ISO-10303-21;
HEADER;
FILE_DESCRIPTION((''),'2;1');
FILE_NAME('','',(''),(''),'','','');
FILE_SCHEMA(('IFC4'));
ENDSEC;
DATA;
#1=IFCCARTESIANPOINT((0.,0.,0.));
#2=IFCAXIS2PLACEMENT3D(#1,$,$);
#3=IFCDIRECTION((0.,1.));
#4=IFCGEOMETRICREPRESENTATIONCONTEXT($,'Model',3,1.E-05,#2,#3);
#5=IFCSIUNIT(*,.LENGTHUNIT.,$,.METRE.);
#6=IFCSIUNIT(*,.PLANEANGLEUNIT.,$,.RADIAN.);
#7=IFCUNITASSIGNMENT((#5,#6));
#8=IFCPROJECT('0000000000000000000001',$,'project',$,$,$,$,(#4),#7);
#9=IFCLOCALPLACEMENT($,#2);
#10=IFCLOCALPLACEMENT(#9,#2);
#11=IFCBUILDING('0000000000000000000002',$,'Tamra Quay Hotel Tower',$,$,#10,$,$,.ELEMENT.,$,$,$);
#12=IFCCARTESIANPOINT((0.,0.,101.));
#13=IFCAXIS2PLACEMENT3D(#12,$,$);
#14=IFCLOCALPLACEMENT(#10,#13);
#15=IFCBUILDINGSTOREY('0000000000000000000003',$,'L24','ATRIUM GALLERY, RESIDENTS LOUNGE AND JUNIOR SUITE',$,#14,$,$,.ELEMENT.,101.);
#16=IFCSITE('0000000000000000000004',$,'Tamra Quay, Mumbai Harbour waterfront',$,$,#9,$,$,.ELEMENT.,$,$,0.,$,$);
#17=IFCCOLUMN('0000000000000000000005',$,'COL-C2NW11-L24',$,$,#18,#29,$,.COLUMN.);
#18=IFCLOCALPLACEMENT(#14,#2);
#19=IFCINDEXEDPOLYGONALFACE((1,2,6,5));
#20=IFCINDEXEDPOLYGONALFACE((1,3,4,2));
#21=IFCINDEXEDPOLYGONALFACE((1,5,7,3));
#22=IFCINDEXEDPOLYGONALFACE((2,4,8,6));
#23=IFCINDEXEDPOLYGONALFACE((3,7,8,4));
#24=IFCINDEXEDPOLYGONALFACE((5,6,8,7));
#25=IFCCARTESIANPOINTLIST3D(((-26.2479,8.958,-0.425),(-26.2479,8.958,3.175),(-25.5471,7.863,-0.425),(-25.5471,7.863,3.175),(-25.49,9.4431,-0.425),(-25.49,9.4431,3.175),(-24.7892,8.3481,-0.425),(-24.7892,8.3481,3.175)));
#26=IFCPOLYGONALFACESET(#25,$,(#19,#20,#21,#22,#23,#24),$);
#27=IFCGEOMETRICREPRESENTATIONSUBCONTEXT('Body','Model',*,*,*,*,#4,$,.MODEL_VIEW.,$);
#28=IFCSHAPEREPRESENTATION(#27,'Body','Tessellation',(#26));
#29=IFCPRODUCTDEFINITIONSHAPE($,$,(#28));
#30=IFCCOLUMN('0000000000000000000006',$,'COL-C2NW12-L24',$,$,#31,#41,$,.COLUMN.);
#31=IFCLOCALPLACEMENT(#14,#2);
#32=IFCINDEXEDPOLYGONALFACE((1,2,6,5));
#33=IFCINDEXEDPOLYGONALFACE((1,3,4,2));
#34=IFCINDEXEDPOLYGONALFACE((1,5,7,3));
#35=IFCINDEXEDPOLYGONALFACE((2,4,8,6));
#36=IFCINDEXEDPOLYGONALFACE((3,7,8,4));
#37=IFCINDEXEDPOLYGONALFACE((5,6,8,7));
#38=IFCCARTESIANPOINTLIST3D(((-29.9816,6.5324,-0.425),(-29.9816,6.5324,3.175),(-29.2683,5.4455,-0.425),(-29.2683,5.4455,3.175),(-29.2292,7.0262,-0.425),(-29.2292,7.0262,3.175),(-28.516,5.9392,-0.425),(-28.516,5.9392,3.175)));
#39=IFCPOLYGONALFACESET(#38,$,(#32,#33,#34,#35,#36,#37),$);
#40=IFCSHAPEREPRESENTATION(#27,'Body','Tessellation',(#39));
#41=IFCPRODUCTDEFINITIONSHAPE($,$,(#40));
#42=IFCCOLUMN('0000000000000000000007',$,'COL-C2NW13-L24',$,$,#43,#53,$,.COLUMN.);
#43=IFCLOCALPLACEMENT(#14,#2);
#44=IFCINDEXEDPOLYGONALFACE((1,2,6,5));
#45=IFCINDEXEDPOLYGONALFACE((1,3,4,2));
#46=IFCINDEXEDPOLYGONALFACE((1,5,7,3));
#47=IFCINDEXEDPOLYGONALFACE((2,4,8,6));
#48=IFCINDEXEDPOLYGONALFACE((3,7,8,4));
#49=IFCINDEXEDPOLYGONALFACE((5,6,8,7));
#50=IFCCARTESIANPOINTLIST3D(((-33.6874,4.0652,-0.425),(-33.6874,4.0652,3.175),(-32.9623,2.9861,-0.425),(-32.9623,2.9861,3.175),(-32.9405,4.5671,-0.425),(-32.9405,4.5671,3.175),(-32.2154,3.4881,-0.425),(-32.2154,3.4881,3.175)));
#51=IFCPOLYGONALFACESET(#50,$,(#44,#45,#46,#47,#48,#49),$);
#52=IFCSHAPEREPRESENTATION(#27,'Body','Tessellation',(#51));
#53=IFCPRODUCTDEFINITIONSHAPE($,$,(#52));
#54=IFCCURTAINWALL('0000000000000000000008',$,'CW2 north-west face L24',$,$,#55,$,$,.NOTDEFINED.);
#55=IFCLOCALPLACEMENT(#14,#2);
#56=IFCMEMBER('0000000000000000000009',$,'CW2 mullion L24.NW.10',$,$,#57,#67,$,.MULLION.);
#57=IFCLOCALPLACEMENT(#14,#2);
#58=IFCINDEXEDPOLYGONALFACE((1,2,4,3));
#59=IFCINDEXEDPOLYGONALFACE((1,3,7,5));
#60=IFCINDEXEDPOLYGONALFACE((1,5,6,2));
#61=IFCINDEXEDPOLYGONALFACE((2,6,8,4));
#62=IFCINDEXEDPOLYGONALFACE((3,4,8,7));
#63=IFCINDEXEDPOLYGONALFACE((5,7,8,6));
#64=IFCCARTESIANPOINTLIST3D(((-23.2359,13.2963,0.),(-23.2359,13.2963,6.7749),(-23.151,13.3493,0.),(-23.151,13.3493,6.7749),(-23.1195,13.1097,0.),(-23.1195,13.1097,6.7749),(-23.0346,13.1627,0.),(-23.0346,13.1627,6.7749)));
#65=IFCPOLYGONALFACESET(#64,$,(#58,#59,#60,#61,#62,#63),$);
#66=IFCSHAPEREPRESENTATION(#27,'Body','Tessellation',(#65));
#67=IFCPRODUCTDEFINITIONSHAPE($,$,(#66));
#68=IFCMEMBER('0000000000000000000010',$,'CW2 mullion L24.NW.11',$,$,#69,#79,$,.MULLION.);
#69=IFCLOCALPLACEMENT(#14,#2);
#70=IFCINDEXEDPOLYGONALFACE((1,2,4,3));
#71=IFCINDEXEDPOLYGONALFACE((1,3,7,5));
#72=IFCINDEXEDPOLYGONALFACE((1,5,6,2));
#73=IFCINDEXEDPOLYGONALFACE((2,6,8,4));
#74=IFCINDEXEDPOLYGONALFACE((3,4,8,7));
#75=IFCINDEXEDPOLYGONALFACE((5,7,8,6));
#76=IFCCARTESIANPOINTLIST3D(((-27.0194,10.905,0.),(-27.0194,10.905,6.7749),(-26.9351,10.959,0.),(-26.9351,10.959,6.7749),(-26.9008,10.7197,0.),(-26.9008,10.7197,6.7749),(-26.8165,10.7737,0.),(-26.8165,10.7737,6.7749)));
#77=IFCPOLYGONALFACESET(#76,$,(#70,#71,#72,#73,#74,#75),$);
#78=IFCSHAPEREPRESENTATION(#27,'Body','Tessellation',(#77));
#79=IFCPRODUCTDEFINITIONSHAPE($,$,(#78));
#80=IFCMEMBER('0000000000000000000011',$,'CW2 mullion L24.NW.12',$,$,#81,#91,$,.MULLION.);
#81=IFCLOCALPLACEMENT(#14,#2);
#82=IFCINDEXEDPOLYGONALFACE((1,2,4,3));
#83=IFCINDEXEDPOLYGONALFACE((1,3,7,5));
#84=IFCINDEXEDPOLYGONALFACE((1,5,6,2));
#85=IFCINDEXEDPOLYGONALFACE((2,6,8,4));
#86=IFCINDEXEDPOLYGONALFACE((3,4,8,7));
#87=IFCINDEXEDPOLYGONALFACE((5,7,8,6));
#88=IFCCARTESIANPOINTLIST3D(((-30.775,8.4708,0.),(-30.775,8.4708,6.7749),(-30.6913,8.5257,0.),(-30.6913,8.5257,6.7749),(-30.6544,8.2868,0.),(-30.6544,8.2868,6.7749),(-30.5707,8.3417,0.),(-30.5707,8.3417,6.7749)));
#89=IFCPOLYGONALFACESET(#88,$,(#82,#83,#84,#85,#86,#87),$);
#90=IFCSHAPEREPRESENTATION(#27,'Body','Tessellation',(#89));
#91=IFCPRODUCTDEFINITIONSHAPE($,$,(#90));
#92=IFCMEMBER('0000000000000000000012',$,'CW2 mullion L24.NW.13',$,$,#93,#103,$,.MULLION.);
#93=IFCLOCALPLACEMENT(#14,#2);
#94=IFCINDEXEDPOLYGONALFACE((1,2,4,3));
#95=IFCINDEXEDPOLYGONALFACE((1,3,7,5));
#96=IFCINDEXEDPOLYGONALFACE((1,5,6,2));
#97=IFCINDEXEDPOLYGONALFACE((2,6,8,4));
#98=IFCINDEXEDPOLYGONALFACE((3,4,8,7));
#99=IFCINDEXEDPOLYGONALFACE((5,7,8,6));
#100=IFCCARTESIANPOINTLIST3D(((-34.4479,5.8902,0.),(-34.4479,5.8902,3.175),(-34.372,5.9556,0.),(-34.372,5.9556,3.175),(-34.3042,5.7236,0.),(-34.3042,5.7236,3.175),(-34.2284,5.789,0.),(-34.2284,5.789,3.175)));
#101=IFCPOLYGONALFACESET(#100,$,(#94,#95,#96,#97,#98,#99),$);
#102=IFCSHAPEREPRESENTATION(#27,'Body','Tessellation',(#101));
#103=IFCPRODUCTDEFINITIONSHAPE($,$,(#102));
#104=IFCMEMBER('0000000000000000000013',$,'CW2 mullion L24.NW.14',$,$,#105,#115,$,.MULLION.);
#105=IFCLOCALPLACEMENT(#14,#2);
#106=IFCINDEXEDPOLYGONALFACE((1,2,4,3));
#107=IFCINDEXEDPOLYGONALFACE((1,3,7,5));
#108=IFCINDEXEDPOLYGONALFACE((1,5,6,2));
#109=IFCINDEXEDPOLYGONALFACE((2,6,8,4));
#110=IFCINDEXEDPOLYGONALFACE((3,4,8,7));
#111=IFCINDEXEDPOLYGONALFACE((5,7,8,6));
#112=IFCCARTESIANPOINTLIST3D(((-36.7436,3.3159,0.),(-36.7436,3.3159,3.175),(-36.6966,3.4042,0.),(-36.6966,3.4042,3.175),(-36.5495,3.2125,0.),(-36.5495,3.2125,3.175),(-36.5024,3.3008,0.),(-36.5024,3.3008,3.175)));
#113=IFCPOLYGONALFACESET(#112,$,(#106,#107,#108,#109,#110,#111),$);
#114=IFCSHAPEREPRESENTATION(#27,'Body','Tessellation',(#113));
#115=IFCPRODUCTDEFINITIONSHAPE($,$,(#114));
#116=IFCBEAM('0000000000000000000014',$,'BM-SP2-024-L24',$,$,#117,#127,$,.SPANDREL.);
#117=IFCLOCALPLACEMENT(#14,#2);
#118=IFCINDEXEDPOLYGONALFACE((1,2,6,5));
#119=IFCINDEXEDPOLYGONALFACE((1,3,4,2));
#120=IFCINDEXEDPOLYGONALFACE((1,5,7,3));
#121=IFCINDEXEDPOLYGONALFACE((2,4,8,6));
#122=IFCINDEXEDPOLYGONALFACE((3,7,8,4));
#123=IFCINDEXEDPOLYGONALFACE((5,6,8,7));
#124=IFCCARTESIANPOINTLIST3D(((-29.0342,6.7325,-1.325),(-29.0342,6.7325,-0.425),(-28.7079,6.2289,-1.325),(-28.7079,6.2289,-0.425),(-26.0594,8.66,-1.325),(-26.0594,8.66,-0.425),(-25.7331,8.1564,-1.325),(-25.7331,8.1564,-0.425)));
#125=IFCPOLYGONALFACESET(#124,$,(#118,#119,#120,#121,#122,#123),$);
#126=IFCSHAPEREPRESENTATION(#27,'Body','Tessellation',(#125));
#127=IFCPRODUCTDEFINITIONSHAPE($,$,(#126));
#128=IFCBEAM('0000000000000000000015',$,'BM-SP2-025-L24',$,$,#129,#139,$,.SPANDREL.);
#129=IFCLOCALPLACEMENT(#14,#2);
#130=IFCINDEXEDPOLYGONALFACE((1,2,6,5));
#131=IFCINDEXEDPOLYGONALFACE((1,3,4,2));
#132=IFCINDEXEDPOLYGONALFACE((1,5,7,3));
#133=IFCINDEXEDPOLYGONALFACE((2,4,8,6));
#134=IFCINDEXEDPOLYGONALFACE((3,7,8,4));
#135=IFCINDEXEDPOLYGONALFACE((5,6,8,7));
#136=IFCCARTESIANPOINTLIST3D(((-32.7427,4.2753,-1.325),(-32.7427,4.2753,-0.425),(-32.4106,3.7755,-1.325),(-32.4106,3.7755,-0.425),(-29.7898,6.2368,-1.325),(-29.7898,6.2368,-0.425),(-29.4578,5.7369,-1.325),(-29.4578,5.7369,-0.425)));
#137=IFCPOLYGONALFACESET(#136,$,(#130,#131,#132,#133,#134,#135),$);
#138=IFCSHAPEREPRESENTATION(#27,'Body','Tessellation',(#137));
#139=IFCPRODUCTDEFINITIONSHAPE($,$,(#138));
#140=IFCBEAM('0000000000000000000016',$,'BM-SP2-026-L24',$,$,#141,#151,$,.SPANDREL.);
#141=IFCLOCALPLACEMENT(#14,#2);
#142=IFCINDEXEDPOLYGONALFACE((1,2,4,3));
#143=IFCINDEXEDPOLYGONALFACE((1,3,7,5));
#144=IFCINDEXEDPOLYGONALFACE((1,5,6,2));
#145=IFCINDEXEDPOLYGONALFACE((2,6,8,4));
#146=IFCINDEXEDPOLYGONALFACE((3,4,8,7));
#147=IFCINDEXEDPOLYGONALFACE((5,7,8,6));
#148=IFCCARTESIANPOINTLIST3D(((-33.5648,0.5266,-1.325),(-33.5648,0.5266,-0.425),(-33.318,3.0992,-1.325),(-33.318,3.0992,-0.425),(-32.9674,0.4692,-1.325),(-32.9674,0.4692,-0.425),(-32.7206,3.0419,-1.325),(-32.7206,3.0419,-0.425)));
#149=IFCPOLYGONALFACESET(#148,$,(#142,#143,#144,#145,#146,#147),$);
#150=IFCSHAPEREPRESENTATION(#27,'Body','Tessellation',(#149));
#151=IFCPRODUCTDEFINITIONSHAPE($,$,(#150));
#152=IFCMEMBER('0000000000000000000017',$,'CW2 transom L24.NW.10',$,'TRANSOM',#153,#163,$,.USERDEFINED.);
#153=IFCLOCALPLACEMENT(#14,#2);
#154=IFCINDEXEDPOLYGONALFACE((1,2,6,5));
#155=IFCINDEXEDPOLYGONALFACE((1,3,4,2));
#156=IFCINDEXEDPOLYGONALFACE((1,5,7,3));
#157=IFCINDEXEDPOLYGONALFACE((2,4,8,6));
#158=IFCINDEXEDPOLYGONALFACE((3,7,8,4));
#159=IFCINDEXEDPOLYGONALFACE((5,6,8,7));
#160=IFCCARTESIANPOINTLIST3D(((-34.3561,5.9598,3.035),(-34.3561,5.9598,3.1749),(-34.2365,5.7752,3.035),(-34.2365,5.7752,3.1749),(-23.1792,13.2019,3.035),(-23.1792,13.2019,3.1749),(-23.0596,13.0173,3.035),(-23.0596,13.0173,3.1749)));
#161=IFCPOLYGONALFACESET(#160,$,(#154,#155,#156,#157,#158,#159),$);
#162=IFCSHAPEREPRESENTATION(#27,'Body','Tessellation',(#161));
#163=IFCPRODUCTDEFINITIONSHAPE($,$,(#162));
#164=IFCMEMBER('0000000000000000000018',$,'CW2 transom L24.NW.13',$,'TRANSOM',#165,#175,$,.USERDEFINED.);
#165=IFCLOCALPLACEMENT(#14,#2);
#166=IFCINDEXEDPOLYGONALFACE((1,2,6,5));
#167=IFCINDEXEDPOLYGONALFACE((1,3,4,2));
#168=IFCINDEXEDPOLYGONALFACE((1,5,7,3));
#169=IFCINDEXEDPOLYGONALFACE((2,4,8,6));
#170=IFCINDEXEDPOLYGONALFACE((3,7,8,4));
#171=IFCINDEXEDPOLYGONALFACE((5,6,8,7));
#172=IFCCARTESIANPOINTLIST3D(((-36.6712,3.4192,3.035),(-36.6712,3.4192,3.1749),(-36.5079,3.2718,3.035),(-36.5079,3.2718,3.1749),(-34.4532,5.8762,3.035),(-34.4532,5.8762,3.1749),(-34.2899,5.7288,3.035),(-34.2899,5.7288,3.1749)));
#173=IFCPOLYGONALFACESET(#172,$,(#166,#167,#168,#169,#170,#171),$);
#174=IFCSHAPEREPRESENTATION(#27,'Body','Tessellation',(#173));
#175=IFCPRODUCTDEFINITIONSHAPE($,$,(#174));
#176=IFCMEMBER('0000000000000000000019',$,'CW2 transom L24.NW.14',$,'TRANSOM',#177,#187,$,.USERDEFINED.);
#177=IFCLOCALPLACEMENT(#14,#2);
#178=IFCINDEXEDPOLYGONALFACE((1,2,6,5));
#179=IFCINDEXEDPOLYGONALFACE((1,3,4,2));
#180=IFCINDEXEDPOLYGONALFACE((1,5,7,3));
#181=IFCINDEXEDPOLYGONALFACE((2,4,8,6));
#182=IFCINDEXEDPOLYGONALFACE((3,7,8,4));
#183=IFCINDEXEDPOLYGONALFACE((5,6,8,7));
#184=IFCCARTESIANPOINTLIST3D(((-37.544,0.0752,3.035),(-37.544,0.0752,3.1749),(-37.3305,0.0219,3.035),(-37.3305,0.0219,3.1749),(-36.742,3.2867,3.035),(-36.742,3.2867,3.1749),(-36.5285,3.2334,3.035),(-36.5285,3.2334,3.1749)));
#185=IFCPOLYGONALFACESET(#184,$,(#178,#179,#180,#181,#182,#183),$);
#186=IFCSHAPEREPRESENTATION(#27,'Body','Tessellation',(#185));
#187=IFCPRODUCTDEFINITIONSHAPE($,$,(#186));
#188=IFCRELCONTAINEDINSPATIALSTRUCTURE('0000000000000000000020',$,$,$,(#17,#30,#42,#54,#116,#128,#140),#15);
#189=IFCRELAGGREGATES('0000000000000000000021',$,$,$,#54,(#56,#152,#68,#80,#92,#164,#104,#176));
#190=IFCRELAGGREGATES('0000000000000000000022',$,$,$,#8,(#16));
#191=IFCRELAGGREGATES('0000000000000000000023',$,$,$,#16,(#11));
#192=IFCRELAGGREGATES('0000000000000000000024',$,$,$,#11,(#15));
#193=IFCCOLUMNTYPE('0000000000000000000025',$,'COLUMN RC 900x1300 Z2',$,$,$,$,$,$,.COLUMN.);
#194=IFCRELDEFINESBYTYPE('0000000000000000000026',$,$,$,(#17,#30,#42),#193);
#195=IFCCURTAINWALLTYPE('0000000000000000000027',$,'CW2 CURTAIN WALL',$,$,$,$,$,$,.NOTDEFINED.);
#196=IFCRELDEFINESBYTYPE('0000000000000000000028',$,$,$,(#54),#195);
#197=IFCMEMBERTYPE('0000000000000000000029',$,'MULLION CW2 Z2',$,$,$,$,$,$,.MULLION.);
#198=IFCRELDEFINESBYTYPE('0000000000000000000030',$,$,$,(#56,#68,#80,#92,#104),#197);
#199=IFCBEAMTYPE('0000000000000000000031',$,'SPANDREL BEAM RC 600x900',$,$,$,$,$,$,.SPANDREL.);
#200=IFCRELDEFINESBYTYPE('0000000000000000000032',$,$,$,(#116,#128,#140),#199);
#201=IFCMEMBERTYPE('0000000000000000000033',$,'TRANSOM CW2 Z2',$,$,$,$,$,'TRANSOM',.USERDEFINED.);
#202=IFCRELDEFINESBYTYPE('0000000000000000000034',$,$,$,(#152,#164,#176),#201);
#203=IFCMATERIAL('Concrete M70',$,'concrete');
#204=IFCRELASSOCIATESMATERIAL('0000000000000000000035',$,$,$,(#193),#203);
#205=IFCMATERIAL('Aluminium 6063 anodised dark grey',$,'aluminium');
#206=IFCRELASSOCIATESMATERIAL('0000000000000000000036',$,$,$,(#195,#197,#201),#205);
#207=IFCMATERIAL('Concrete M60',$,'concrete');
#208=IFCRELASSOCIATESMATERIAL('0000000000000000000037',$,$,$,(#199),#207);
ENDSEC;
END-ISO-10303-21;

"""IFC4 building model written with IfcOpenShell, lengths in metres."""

from ifc_helpers import new_model, si_unit, direction, frame, origin, origin_2d, place, context, subcontext, project, spatial, rectangle, extrude, material, material_profile, profile_set, type_object, element, aggregate, save


model = new_model("IFC4")

# Units and contexts
model_context = context("Model", 3, precision=1e-05, world=origin(), true_north=direction((0.0, 1.0)))
body_context = subcontext(model_context, "Body", "Model", "MODEL_VIEW")
ifc_project = project(units=[si_unit("LENGTHUNIT", "METRE"), si_unit("PLANEANGLEUNIT", "RADIAN")], contexts=[model_context])

# Site, building, storey
site_placement = place(None, origin())
site = spatial("IfcSite", under=ifc_project, at=site_placement, Name="Tamra Quay, Mumbai Harbour waterfront", CompositionType="ELEMENT", RefElevation=0.0)
building_placement = place(site_placement, origin())
building = spatial("IfcBuilding", under=site, at=building_placement, Name="Tamra Quay Hotel Tower", CompositionType="ELEMENT")
storey_placement = place(building_placement, frame((0.0, 0.0, 101.0)))
storey = spatial("IfcBuildingStorey", under=building, at=storey_placement, Name="L24", Description="ATRIUM GALLERY, RESIDENTS LOUNGE AND JUNIOR SUITE", CompositionType="ELEMENT", Elevation=101.0)

# Columns
ifc_material_1 = material(Name="Concrete M70", Category="concrete")
ifc_material_profile_1 = material_profile(ifc_material_1, rectangle(XDim=1.3, YDim=0.8999, at=origin_2d()), Name="COLUMN RC 900x1300 Z2")
ifc_profile_set_1 = profile_set([ifc_material_profile_1], Name="Concrete M70")
column_type = type_object("IfcColumnType", Name="COLUMN RC 900x1300 Z2", PredefinedType="COLUMN", material=ifc_profile_set_1)
for number, where, z_axis, x_axis, name in (
    (1, (-25.5186, 8.6531, -0.425), (0.0, 0.0, 1.0), (-0.539065, 0.842264, 0.0), "COL-C2NW11-L24"),
    (2, (-29.2488, 6.2358, -0.425), (0.0, 0.0, 1.0), (-0.548641, 0.836058, 0.0), "COL-C2NW12-L24"),
    (3, (-32.9514, 3.7766, -0.425), (0.0, 0.0, 1.0), (-0.557767, 0.829998, 0.0), "COL-C2NW13-L24"),
):
    element("IfcColumn", number, at=place(storey_placement, frame(where, z_axis=z_axis, x_axis=x_axis)), inside=storey, type_object=column_type, Name=name, PredefinedType="COLUMN", context=body_context, shape_type="SweptSolid", body=[
        extrude(rectangle(XDim=1.3, YDim=0.8999, at=origin_2d()), origin(), (0.0, 0.0, 1.0), 3.6001),
    ])

# Curtain wall, members
ifc_material_2 = material(Name="Aluminium 6063 anodised dark grey", Category="aluminium")
curtain_wall_type = type_object("IfcCurtainWallType", Name="CW2 CURTAIN WALL", PredefinedType="NOTDEFINED", material=ifc_material_2)
curtain_wall_placement = place(storey_placement, origin())
curtain_wall = element("IfcCurtainWall", 4, at=curtain_wall_placement, inside=storey, type_object=curtain_wall_type, Name="CW2 north-west face L24", PredefinedType="NOTDEFINED")
ifc_material_profile_2 = material_profile(ifc_material_2, rectangle(XDim=0.22, YDim=0.1001, at=origin_2d()), Name="MULLION 100X220")
ifc_profile_set_2 = profile_set([ifc_material_profile_2], Name="Aluminium 6063 anodised dark grey")
member_type_1 = type_object("IfcMemberType", Name="MULLION CW2 Z2", PredefinedType="MULLION", material=ifc_profile_set_2)
member_1_placement = place(storey_placement, frame((-23.1353, 13.2295, 0.0), z_axis=(0.0, 0.0, 1.0), x_axis=(-0.529364, 0.848395, 0.0)))
member_1 = element("IfcMember", 5, at=member_1_placement, type_object=member_type_1, Name="CW2 mullion L24.NW.10", PredefinedType="MULLION", context=body_context, shape_type="SweptSolid", body=[
    extrude(rectangle(XDim=0.22, YDim=0.1001, at=origin_2d()), origin(), (0.0, 0.0, 1.0), 6.7749),
])
member_2_placement = place(storey_placement, frame((-26.918, 10.8394, 0.0), z_axis=(0.0, 0.0, 1.0), x_axis=(-0.538999, 0.842307, 0.0)))
member_2 = element("IfcMember", 6, at=member_2_placement, type_object=member_type_1, Name="CW2 mullion L24.NW.11", PredefinedType="MULLION", context=body_context, shape_type="SweptSolid", body=[
    extrude(rectangle(XDim=0.22, YDim=0.1001, at=origin_2d()), origin(), (0.0, 0.0, 1.0), 6.7749),
])
member_3_placement = place(storey_placement, frame((-30.6729, 8.4062, 0.0), z_axis=(0.0, 0.0, 1.0), x_axis=(-0.548547, 0.836119, 0.0)))
member_3 = element("IfcMember", 7, at=member_3_placement, type_object=member_type_1, Name="CW2 mullion L24.NW.12", PredefinedType="MULLION", context=body_context, shape_type="SweptSolid", body=[
    extrude(rectangle(XDim=0.22, YDim=0.1001, at=origin_2d()), origin(), (0.0, 0.0, 1.0), 6.7749),
])
member_4_placement = place(storey_placement, frame((-34.3381, 5.8396, 0.0), z_axis=(0.0, 0.0, 1.0), x_axis=(-0.652887, 0.757455, 0.0)))
member_4 = element("IfcMember", 8, at=member_4_placement, type_object=member_type_1, Name="CW2 mullion L24.NW.13", PredefinedType="MULLION", context=body_context, shape_type="SweptSolid", body=[
    extrude(rectangle(XDim=0.22, YDim=0.1001, at=origin_2d()), origin(), (0.0, 0.0, 1.0), 3.175),
])
member_5_placement = place(storey_placement, frame((-36.623, 3.3083, 0.0), z_axis=(0.0, 0.0, 1.0), x_axis=(-0.882544, 0.47023, 0.0)))
member_5 = element("IfcMember", 9, at=member_5_placement, type_object=member_type_1, Name="CW2 mullion L24.NW.14", PredefinedType="MULLION", context=body_context, shape_type="SweptSolid", body=[
    extrude(rectangle(XDim=0.22, YDim=0.1001, at=origin_2d()), origin(), (0.0, 0.0, 1.0), 3.175),
])

# Beams
ifc_material_3 = material(Name="Concrete M60", Category="concrete")
ifc_material_profile_3 = material_profile(ifc_material_3, rectangle(XDim=0.6001, YDim=0.8999, at=origin_2d()), Name="SPANDREL BEAM RC 600x900")
ifc_profile_set_3 = profile_set([ifc_material_profile_3], Name="Concrete M60")
beam_type = type_object("IfcBeamType", Name="SPANDREL BEAM RC 600x900", PredefinedType="SPANDREL", material=ifc_profile_set_3)
beam_1_placement = place(storey_placement, frame((-25.8962, 8.4082, -0.875), z_axis=(-0.839237, -0.543765, 0.0), x_axis=(0.543765, -0.839237, 0.0)))
element("IfcBeam", 10, at=beam_1_placement, inside=storey, type_object=beam_type, Name="BM-SP2-024-L24", PredefinedType="SPANDREL", context=body_context, shape_type="SweptSolid", body=[
    extrude(rectangle(XDim=0.6001, YDim=0.8999, at=origin_2d()), origin(), (0.0, 0.0, 1.0), 3.5447),
])
beam_2_placement = place(storey_placement, frame((-29.6238, 5.9868, -0.875), z_axis=(-0.832982, -0.553301, 0.0), x_axis=(0.553301, -0.832982, 0.0)))
element("IfcBeam", 11, at=beam_2_placement, inside=storey, type_object=beam_type, Name="BM-SP2-025-L24", PredefinedType="SPANDREL", context=body_context, shape_type="SweptSolid", body=[
    extrude(rectangle(XDim=0.6001, YDim=0.8999, at=origin_2d()), origin(), (0.0, 0.0, 1.0), 3.5449),
])
beam_3_placement = place(storey_placement, frame((-33.0193, 3.0706, -0.875), z_axis=(-0.0955, -0.995429, 0.0), x_axis=(0.995429, -0.0955, 0.0)))
element("IfcBeam", 12, at=beam_3_placement, inside=storey, type_object=beam_type, Name="BM-SP2-026-L24", PredefinedType="SPANDREL", context=body_context, shape_type="SweptSolid", body=[
    extrude(rectangle(XDim=0.6001, YDim=0.8999, at=origin_2d()), origin(), (0.0, 0.0, 1.0), 2.5845),
])

# Members
ifc_material_profile_4 = material_profile(ifc_material_2, rectangle(XDim=0.22, YDim=0.1399, at=origin_2d()), Name="TRANSOM 220X140")
ifc_profile_set_4 = profile_set([ifc_material_profile_4], Name="Aluminium 6063 anodised dark grey")
member_type_2 = type_object("IfcMemberType", Name="TRANSOM CW2 Z2", ElementType="TRANSOM", PredefinedType="USERDEFINED", material=ifc_profile_set_4)
member_6_placement = place(storey_placement, frame((-23.1194, 13.1096, 3.105), z_axis=(-0.839227, -0.543781, 0.0), x_axis=(0.543781, -0.839227, 0.0)))
member_6 = element("IfcMember", 13, at=member_6_placement, type_object=member_type_2, Name="CW2 transom L24.NW.10", ObjectType="TRANSOM", PredefinedType="USERDEFINED", context=body_context, shape_type="SweptSolid", body=[
    extrude(rectangle(XDim=0.22, YDim=0.1399, at=origin_2d()), origin(), (0.0, 0.0, 1.0), 13.3181),
])
member_7_placement = place(storey_placement, frame((-34.3716, 5.8025, 3.105), z_axis=(-0.670081, -0.742288, 0.0), x_axis=(0.742288, -0.670081, 0.0)))
member_7 = element("IfcMember", 14, at=member_7_placement, type_object=member_type_2, Name="CW2 transom L24.NW.13", ObjectType="TRANSOM", PredefinedType="USERDEFINED", context=body_context, shape_type="SweptSolid", body=[
    extrude(rectangle(XDim=0.22, YDim=0.1399, at=origin_2d()), origin(), (0.0, 0.0, 1.0), 3.3101),
])
member_8_placement = place(storey_placement, frame((-36.6353, 3.26, 3.105), z_axis=(-0.242293, -0.970203, 0.0), x_axis=(0.970203, -0.242293, 0.0)))
member_8 = element("IfcMember", 15, at=member_8_placement, type_object=member_type_2, Name="CW2 transom L24.NW.14", ObjectType="TRANSOM", PredefinedType="USERDEFINED", context=body_context, shape_type="SweptSolid", body=[
    extrude(rectangle(XDim=0.22, YDim=0.1399, at=origin_2d()), origin(), (0.0, 0.0, 1.0), 3.3101),
])

aggregate(curtain_wall, [member_1, member_6, member_2, member_3, member_4, member_7, member_5, member_8])

save(model, "model.ifc")
